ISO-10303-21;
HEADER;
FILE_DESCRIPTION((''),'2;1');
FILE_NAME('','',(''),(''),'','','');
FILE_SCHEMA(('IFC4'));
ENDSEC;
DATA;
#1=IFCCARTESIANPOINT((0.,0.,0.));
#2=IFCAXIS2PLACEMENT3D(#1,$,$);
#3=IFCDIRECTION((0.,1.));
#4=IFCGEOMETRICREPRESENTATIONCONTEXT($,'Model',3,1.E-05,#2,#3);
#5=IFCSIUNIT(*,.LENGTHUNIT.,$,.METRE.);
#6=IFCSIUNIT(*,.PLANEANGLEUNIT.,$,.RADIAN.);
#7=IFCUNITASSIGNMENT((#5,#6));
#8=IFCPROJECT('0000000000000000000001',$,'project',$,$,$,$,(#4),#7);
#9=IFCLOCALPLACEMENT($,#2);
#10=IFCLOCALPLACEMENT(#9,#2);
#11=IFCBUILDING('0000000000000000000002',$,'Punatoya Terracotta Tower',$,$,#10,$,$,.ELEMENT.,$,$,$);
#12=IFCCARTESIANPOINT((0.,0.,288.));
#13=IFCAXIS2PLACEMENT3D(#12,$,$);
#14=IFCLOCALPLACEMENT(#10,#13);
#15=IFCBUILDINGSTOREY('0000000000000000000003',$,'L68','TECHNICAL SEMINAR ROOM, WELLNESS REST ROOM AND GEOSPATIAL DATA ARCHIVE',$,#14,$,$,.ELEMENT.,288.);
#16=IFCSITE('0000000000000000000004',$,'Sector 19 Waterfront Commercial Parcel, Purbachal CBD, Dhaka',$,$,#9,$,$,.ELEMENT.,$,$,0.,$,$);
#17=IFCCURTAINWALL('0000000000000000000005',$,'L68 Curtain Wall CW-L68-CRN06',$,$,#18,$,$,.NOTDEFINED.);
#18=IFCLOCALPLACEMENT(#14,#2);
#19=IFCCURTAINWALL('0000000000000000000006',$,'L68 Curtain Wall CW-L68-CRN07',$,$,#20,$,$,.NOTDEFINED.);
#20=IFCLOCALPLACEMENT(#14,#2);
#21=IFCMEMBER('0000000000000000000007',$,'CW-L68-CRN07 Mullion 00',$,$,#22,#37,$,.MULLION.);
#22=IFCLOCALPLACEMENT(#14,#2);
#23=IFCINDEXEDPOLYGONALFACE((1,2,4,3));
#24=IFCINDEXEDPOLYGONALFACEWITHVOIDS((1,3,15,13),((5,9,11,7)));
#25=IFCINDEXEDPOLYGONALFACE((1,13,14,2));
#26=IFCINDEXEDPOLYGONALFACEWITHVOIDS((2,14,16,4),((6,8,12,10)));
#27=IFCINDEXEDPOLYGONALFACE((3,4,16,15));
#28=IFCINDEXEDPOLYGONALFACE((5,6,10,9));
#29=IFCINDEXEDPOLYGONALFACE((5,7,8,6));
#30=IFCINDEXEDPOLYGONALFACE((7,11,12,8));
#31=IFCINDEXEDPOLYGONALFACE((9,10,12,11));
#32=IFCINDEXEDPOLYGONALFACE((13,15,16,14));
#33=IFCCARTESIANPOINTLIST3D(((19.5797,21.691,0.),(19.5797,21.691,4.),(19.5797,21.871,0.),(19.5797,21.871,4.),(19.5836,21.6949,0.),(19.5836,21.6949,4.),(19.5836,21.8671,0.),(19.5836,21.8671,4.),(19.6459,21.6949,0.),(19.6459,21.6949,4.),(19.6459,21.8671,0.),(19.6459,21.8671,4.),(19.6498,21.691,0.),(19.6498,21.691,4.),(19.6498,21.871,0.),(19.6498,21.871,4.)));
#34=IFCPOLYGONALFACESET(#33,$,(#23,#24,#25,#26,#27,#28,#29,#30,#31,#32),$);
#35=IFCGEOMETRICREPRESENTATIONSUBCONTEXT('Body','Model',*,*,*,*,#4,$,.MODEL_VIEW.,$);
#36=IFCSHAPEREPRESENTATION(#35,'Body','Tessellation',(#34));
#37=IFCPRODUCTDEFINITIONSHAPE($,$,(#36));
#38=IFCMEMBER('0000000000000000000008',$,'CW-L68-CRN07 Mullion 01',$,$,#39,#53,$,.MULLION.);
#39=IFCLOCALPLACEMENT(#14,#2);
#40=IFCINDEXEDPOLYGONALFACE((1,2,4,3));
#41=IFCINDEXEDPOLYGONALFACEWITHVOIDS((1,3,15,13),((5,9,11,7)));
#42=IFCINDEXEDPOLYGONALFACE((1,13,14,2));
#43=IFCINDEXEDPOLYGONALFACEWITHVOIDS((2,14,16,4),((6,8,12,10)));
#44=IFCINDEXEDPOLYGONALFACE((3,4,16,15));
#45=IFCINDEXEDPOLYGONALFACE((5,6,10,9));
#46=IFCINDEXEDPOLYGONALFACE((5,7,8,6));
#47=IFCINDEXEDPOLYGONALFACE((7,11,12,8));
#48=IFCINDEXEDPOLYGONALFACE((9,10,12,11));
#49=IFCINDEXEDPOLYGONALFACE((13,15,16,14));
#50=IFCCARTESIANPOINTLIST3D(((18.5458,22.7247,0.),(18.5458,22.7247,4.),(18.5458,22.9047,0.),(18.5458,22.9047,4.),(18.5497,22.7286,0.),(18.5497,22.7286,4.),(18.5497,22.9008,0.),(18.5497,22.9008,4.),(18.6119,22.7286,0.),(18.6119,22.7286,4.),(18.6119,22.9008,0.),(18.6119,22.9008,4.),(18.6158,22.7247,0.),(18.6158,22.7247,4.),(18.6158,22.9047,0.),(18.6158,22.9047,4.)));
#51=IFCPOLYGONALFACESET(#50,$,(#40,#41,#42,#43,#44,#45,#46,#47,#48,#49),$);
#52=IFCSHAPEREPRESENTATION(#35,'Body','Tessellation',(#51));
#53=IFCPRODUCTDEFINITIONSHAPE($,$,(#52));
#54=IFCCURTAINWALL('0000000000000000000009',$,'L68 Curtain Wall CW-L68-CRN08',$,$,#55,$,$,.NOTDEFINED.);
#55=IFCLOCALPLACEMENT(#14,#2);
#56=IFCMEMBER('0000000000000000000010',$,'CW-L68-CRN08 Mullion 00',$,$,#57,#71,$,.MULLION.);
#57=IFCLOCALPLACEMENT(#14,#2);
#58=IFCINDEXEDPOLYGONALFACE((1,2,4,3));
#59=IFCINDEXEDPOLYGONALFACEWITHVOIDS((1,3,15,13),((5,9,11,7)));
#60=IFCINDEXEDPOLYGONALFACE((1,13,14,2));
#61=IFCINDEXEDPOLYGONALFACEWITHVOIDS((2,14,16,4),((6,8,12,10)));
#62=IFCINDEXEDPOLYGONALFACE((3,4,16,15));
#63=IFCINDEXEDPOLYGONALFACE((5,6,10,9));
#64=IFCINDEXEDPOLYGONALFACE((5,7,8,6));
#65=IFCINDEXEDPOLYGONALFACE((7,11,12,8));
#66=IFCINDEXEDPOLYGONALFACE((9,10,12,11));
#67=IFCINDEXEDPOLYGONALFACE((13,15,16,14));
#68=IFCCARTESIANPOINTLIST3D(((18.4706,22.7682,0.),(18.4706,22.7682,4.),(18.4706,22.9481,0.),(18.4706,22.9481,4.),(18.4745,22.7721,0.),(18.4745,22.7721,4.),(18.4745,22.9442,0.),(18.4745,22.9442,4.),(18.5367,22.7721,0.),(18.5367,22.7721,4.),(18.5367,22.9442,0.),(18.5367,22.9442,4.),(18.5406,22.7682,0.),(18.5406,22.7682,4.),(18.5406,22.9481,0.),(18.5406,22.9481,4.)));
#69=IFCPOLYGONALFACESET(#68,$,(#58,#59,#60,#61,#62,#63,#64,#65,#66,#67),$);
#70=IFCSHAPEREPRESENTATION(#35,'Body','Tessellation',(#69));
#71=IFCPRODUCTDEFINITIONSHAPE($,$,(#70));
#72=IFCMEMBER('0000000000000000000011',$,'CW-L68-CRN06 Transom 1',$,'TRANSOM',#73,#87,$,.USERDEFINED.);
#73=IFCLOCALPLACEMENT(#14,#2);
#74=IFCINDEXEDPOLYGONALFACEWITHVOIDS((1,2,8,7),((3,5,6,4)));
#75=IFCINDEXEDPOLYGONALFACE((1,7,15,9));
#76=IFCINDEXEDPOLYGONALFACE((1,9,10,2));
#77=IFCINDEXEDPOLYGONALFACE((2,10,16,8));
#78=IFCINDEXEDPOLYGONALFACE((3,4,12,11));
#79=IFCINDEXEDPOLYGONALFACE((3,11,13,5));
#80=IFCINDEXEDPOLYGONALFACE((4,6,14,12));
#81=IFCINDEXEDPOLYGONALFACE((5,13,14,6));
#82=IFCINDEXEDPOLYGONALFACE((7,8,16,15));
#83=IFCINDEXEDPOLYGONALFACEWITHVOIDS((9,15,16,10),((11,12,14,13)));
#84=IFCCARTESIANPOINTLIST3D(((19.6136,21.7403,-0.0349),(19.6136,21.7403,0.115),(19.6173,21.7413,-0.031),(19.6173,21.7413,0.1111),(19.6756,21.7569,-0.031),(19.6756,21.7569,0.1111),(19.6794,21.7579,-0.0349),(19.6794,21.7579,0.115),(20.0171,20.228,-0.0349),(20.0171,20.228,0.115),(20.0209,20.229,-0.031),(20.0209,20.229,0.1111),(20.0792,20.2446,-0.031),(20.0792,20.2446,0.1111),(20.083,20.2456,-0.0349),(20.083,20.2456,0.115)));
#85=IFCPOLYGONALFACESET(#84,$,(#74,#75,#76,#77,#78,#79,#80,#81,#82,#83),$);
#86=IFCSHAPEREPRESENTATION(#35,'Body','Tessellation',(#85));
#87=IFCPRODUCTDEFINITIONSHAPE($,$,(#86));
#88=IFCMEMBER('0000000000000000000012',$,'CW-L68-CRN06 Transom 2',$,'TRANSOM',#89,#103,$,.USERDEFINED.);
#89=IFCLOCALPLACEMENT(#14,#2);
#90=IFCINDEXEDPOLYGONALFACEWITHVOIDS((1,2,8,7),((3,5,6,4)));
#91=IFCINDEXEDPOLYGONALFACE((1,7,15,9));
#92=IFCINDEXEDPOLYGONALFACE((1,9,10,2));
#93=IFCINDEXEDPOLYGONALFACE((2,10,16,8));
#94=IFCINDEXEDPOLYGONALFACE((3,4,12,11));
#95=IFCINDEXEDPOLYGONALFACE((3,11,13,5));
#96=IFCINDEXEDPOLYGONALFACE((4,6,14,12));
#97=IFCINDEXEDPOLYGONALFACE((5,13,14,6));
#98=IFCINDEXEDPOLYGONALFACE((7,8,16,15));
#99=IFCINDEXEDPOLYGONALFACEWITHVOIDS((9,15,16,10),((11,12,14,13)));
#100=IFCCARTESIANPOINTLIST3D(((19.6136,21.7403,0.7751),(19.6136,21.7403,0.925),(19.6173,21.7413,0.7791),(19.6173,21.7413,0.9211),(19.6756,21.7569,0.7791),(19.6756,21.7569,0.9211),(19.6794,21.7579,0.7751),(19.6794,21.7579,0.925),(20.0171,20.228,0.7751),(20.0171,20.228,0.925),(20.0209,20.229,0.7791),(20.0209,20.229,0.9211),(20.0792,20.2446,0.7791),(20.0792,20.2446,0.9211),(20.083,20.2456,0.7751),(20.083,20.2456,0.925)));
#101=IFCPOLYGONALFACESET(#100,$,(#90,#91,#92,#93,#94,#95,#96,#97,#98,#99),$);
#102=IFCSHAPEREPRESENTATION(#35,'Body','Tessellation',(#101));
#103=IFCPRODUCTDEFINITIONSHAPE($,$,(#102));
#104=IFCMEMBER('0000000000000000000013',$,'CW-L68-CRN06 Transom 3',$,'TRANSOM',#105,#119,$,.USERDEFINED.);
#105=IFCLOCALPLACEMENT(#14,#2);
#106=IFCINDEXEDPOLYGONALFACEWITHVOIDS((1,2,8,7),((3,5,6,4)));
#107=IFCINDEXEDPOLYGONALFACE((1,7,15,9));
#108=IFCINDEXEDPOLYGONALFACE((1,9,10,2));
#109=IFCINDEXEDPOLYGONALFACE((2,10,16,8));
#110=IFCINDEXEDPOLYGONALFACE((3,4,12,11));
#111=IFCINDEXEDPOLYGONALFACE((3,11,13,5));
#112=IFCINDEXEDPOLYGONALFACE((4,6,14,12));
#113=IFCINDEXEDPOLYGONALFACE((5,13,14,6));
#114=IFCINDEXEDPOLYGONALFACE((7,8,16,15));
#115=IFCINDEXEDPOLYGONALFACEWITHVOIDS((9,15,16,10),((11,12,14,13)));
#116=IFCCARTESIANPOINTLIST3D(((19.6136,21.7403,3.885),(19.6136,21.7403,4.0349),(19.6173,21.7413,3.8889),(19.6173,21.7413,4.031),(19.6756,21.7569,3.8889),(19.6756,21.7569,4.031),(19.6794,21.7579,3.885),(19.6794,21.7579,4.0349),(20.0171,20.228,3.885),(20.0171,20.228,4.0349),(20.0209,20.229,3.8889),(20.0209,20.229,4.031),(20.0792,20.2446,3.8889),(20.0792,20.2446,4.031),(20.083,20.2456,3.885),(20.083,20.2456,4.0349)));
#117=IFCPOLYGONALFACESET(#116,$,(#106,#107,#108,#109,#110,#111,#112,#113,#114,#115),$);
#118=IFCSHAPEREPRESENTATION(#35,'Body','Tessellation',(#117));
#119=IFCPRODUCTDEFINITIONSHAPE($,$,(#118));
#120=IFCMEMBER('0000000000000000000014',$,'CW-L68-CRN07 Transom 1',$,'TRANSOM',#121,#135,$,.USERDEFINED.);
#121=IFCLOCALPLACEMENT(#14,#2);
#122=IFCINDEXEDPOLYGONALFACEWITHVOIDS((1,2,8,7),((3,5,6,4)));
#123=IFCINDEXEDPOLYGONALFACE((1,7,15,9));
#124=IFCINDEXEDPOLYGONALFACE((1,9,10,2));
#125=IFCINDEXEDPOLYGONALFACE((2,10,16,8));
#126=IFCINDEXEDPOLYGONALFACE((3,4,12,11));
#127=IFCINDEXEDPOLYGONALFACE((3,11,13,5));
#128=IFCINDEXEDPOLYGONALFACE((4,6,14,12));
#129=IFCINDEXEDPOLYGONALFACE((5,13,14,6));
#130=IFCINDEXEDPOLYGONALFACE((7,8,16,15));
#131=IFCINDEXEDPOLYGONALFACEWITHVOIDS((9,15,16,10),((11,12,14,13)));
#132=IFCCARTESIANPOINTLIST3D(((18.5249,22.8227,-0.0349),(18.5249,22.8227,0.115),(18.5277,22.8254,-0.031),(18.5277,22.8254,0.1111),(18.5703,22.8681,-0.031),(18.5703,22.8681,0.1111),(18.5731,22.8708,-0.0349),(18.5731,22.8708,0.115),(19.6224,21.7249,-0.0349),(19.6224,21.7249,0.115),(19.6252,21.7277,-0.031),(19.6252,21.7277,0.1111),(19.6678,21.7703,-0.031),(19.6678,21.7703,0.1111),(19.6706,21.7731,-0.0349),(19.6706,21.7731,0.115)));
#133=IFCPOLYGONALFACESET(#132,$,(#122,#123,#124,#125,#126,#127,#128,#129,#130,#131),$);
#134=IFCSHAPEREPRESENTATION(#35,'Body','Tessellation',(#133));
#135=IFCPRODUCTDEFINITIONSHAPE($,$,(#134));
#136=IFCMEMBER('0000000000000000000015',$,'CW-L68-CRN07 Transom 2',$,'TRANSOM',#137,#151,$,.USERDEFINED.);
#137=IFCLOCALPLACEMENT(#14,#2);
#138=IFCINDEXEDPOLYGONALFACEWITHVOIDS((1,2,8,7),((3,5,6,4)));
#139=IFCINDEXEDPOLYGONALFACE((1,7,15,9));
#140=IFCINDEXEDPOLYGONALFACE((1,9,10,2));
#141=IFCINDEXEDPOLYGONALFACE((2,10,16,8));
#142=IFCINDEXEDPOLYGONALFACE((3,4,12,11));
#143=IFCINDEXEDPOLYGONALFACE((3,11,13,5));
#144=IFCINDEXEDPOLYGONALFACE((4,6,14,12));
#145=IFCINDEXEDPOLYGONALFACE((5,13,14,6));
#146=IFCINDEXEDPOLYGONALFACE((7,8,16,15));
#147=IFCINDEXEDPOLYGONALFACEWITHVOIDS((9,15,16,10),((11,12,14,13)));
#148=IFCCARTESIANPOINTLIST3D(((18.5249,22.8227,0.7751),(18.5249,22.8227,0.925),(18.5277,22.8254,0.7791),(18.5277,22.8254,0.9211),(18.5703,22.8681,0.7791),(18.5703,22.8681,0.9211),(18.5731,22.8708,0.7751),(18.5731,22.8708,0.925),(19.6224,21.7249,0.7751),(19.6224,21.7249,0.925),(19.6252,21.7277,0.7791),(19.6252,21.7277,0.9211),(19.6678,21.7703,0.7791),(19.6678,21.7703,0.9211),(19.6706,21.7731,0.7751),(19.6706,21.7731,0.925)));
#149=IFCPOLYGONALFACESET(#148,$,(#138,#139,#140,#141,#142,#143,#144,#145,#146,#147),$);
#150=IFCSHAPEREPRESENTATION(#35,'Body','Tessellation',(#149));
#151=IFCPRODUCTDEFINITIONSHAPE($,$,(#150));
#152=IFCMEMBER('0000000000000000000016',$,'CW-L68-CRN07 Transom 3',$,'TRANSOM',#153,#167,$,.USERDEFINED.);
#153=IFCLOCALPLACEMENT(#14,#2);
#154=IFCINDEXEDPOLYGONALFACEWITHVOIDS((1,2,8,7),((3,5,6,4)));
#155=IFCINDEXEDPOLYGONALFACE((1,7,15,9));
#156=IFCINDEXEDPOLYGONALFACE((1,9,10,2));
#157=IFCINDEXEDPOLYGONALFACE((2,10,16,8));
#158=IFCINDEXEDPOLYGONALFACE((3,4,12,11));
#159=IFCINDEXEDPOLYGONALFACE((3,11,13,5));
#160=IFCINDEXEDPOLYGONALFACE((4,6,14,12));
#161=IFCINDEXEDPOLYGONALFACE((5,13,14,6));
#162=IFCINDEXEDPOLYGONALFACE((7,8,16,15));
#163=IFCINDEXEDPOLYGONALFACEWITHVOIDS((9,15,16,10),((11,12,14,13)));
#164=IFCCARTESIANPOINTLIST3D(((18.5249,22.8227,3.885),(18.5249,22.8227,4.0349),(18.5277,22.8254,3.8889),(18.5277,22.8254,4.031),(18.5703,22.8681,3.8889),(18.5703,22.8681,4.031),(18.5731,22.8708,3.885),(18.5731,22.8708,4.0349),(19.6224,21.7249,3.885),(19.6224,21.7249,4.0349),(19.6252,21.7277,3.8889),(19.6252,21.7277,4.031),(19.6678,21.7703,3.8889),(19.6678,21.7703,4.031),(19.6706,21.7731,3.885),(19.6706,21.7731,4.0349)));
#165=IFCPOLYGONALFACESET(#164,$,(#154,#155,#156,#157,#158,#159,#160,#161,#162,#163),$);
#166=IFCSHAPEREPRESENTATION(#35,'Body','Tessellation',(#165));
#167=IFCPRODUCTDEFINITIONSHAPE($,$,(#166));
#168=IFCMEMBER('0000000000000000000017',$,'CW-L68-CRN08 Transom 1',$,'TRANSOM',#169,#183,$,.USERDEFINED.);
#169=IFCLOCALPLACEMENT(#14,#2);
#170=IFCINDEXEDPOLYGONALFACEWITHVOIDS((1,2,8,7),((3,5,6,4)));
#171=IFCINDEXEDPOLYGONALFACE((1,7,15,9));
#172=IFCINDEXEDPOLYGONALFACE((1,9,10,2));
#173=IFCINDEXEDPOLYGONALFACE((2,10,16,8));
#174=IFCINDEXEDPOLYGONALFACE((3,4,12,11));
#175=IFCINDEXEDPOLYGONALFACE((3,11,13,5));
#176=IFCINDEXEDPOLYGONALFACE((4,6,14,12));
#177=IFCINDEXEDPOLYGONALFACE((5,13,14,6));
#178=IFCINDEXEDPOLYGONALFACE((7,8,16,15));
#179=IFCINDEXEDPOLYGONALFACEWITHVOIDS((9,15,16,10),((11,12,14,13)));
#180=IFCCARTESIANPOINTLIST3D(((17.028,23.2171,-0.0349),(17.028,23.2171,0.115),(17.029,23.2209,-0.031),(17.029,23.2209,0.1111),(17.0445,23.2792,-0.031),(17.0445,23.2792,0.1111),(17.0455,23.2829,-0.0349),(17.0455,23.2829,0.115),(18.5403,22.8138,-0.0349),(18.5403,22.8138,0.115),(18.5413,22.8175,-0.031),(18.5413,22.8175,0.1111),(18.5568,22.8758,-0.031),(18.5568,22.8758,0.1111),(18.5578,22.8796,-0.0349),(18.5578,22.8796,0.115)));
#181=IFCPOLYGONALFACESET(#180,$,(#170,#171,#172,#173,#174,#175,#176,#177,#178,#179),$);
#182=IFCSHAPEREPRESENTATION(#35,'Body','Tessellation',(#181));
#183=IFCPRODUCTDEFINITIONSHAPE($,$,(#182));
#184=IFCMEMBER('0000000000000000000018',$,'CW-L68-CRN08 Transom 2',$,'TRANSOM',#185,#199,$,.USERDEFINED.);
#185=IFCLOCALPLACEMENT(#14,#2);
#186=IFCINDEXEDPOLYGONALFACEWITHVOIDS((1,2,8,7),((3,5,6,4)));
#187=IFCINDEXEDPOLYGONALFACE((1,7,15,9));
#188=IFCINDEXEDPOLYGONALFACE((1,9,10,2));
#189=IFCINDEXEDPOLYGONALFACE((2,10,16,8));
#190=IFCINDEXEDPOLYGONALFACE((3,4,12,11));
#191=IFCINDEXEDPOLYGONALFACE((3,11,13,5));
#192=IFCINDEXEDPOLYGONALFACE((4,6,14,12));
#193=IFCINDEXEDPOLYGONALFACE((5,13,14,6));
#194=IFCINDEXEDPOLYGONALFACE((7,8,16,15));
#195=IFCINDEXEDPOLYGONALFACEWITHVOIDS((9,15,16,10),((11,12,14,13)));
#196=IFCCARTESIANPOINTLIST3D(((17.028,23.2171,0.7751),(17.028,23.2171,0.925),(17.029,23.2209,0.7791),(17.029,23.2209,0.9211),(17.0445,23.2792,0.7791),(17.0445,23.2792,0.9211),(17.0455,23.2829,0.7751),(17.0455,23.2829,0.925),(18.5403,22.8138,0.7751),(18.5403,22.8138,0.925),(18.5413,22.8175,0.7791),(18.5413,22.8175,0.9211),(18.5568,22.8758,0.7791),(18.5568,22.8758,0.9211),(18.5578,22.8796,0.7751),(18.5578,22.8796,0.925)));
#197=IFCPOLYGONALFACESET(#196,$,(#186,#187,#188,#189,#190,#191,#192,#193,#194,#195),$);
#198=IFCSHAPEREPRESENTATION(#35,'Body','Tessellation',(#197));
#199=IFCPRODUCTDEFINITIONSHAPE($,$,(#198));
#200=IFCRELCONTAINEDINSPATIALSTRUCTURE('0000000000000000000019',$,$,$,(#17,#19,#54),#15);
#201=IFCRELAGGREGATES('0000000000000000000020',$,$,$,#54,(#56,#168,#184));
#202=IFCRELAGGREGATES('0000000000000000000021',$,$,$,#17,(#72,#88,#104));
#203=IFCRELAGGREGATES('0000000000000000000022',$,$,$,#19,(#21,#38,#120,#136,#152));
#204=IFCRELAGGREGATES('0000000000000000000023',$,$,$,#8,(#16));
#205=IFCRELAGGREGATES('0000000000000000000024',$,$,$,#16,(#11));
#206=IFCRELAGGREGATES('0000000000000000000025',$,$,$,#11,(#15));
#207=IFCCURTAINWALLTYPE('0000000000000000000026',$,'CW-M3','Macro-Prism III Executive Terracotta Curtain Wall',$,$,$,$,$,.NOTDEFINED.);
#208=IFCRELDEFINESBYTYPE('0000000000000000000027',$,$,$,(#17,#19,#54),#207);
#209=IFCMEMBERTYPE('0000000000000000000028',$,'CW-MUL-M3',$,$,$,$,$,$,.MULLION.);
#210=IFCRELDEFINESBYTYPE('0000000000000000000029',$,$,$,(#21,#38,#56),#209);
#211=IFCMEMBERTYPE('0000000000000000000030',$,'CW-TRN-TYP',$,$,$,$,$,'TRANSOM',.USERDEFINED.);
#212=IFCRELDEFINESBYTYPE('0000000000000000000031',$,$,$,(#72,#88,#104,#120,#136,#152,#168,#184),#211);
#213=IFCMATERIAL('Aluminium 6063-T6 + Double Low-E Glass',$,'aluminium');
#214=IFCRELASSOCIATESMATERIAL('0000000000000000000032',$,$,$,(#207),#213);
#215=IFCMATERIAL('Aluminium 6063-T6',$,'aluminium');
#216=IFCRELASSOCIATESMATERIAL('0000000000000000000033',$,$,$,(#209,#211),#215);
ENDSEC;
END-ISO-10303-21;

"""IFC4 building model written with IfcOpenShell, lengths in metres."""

from ifc_helpers import new_model, si_unit, direction, frame, origin, origin_2d, place, context, subcontext, project, spatial, hollow_rectangle, extrude, material, material_profile, profile_set, type_object, element, aggregate, save


model = new_model("IFC4")

# Units and contexts
model_context = context("Model", 3, precision=1e-05, world=origin(), true_north=direction((0.0, 1.0)))
body_context = subcontext(model_context, "Body", "Model", "MODEL_VIEW")
ifc_project = project(units=[si_unit("LENGTHUNIT", "METRE"), si_unit("PLANEANGLEUNIT", "RADIAN")], contexts=[model_context])

# Site, building, storey
site_placement = place(None, origin())
site = spatial("IfcSite", under=ifc_project, at=site_placement, Name="Sector 19 Waterfront Commercial Parcel, Purbachal CBD, Dhaka", CompositionType="ELEMENT", RefElevation=0.0)
building_placement = place(site_placement, origin())
building = spatial("IfcBuilding", under=site, at=building_placement, Name="Punatoya Terracotta Tower", CompositionType="ELEMENT")
storey_placement = place(building_placement, frame((0.0, 0.0, 288.0)))
storey = spatial("IfcBuildingStorey", under=building, at=storey_placement, Name="L68", Description="TECHNICAL SEMINAR ROOM, WELLNESS REST ROOM AND GEOSPATIAL DATA ARCHIVE", CompositionType="ELEMENT", Elevation=288.0)

# Curtain walls, members
ifc_material_1 = material(Name="Aluminium 6063-T6 + Double Low-E Glass", Category="aluminium")
curtain_wall_type = type_object("IfcCurtainWallType", Name="CW-M3", Description="Macro-Prism III Executive Terracotta Curtain Wall", PredefinedType="NOTDEFINED", material=ifc_material_1)
ifc_material_2 = material(Name="Aluminium 6063-T6", Category="aluminium")
ifc_material_profile_1 = material_profile(ifc_material_2, hollow_rectangle(XDim=0.0701, YDim=0.1799, WallThickness=0.0039, at=origin_2d()))
ifc_profile_set_1 = profile_set([ifc_material_profile_1], Name="Aluminium 6063-T6")
member_type_1 = type_object("IfcMemberType", Name="CW-MUL-M3", PredefinedType="MULLION", material=ifc_profile_set_1)
curtain_wall_1_placement = place(storey_placement, origin())
curtain_wall_1 = element("IfcCurtainWall", 1, at=curtain_wall_1_placement, inside=storey, type_object=curtain_wall_type, Name="L68 Curtain Wall CW-L68-CRN06", PredefinedType="NOTDEFINED")
curtain_wall_2_placement = place(storey_placement, origin())
curtain_wall_2 = element("IfcCurtainWall", 2, at=curtain_wall_2_placement, inside=storey, type_object=curtain_wall_type, Name="L68 Curtain Wall CW-L68-CRN07", PredefinedType="NOTDEFINED")
member_1_placement = place(storey_placement, frame((19.6147, 21.781, 0.0), z_axis=(0.0, 0.0, 1.0), x_axis=(1.0, 0.0, 0.0)))
member_1 = element("IfcMember", 3, at=member_1_placement, type_object=member_type_1, Name="CW-L68-CRN07 Mullion 00", PredefinedType="MULLION", context=body_context, shape_type="SweptSolid", body=[
    extrude(hollow_rectangle(XDim=0.0701, YDim=0.1799, WallThickness=0.0039, at=origin_2d()), origin(), (0.0, 0.0, 1.0), 4.0),
])
member_2_placement = place(storey_placement, frame((18.5808, 22.8147, 0.0), z_axis=(0.0, 0.0, 1.0), x_axis=(1.0, 0.0, 0.0)))
member_2 = element("IfcMember", 4, at=member_2_placement, type_object=member_type_1, Name="CW-L68-CRN07 Mullion 01", PredefinedType="MULLION", context=body_context, shape_type="SweptSolid", body=[
    extrude(hollow_rectangle(XDim=0.0701, YDim=0.1799, WallThickness=0.0039, at=origin_2d()), origin(), (0.0, 0.0, 1.0), 4.0),
])

# Curtain wall, member
curtain_wall_3_placement = place(storey_placement, origin())
curtain_wall_3 = element("IfcCurtainWall", 5, at=curtain_wall_3_placement, inside=storey, type_object=curtain_wall_type, Name="L68 Curtain Wall CW-L68-CRN08", PredefinedType="NOTDEFINED")
member_3_placement = place(storey_placement, frame((18.5056, 22.8582, 0.0), z_axis=(0.0, 0.0, 1.0), x_axis=(1.0, 0.0, 0.0)))
member_3 = element("IfcMember", 6, at=member_3_placement, type_object=member_type_1, Name="CW-L68-CRN08 Mullion 00", PredefinedType="MULLION", context=body_context, shape_type="SweptSolid", body=[
    extrude(hollow_rectangle(XDim=0.0701, YDim=0.1799, WallThickness=0.0039, at=origin_2d()), origin(), (0.0, 0.0, 1.0), 4.0),
])

# Members
ifc_material_profile_2 = material_profile(ifc_material_2, hollow_rectangle(XDim=0.0681, YDim=0.1499, WallThickness=0.0039, at=origin_2d()))
ifc_profile_set_2 = profile_set([ifc_material_profile_2], Name="Aluminium 6063-T6")
member_type_2 = type_object("IfcMemberType", Name="CW-TRN-TYP", ElementType="TRANSOM", PredefinedType="USERDEFINED", material=ifc_profile_set_2)
member_4_placement = place(storey_placement, frame((20.05, 20.2368, 0.04), z_axis=(-0.257847, 0.966186, 0.0), x_axis=(-0.966186, -0.257847, 0.0)))
member_4 = element("IfcMember", 7, at=member_4_placement, type_object=member_type_2, Name="CW-L68-CRN06 Transom 1", ObjectType="TRANSOM", PredefinedType="USERDEFINED", context=body_context, shape_type="SweptSolid", body=[
    extrude(hollow_rectangle(XDim=0.0681, YDim=0.1499, WallThickness=0.0039, at=origin_2d()), origin(), (0.0, 0.0, 1.0), 1.5652),
])
member_5_placement = place(storey_placement, frame((20.05, 20.2368, 0.8501), z_axis=(-0.257847, 0.966186, 0.0), x_axis=(-0.966186, -0.257847, 0.0)))
member_5 = element("IfcMember", 8, at=member_5_placement, type_object=member_type_2, Name="CW-L68-CRN06 Transom 2", ObjectType="TRANSOM", PredefinedType="USERDEFINED", context=body_context, shape_type="SweptSolid", body=[
    extrude(hollow_rectangle(XDim=0.0681, YDim=0.1499, WallThickness=0.0039, at=origin_2d()), origin(), (0.0, 0.0, 1.0), 1.5652),
])
member_6_placement = place(storey_placement, frame((20.05, 20.2368, 3.96), z_axis=(-0.257847, 0.966186, 0.0), x_axis=(-0.966186, -0.257847, 0.0)))
member_6 = element("IfcMember", 9, at=member_6_placement, type_object=member_type_2, Name="CW-L68-CRN06 Transom 3", ObjectType="TRANSOM", PredefinedType="USERDEFINED", context=body_context, shape_type="SweptSolid", body=[
    extrude(hollow_rectangle(XDim=0.0681, YDim=0.1499, WallThickness=0.0039, at=origin_2d()), origin(), (0.0, 0.0, 1.0), 1.5652),
])
member_7_placement = place(storey_placement, frame((19.6465, 21.749, 0.04), z_axis=(-0.707028, 0.707185, 0.0), x_axis=(-0.707185, -0.707028, 0.0)))
member_7 = element("IfcMember", 10, at=member_7_placement, type_object=member_type_2, Name="CW-L68-CRN07 Transom 1", ObjectType="TRANSOM", PredefinedType="USERDEFINED", context=body_context, shape_type="SweptSolid", body=[
    extrude(hollow_rectangle(XDim=0.0681, YDim=0.1499, WallThickness=0.0039, at=origin_2d()), origin(), (0.0, 0.0, 1.0), 1.5522),
])
member_8_placement = place(storey_placement, frame((19.6465, 21.749, 0.8501), z_axis=(-0.707028, 0.707185, 0.0), x_axis=(-0.707185, -0.707028, 0.0)))
member_8 = element("IfcMember", 11, at=member_8_placement, type_object=member_type_2, Name="CW-L68-CRN07 Transom 2", ObjectType="TRANSOM", PredefinedType="USERDEFINED", context=body_context, shape_type="SweptSolid", body=[
    extrude(hollow_rectangle(XDim=0.0681, YDim=0.1499, WallThickness=0.0039, at=origin_2d()), origin(), (0.0, 0.0, 1.0), 1.5522),
])
member_9_placement = place(storey_placement, frame((19.6465, 21.749, 3.96), z_axis=(-0.707028, 0.707185, 0.0), x_axis=(-0.707185, -0.707028, 0.0)))
member_9 = element("IfcMember", 12, at=member_9_placement, type_object=member_type_2, Name="CW-L68-CRN07 Transom 3", ObjectType="TRANSOM", PredefinedType="USERDEFINED", context=body_context, shape_type="SweptSolid", body=[
    extrude(hollow_rectangle(XDim=0.0681, YDim=0.1499, WallThickness=0.0039, at=origin_2d()), origin(), (0.0, 0.0, 1.0), 1.5522),
])
member_10_placement = place(storey_placement, frame((18.5491, 22.8467, 0.04), z_axis=(-0.966225, 0.257701, 0.0), x_axis=(-0.257701, -0.966225, 0.0)))
member_10 = element("IfcMember", 13, at=member_10_placement, type_object=member_type_2, Name="CW-L68-CRN08 Transom 1", ObjectType="TRANSOM", PredefinedType="USERDEFINED", context=body_context, shape_type="SweptSolid", body=[
    extrude(hollow_rectangle(XDim=0.0681, YDim=0.1499, WallThickness=0.0039, at=origin_2d()), origin(), (0.0, 0.0, 1.0), 1.5652),
])
member_11_placement = place(storey_placement, frame((18.5491, 22.8467, 0.8501), z_axis=(-0.966225, 0.257701, 0.0), x_axis=(-0.257701, -0.966225, 0.0)))
member_11 = element("IfcMember", 14, at=member_11_placement, type_object=member_type_2, Name="CW-L68-CRN08 Transom 2", ObjectType="TRANSOM", PredefinedType="USERDEFINED", context=body_context, shape_type="SweptSolid", body=[
    extrude(hollow_rectangle(XDim=0.0681, YDim=0.1499, WallThickness=0.0039, at=origin_2d()), origin(), (0.0, 0.0, 1.0), 1.5652),
])
aggregate(curtain_wall_3, [member_3, member_10, member_11])

aggregate(curtain_wall_1, [member_4, member_5, member_6])
aggregate(curtain_wall_2, [member_1, member_2, member_7, member_8, member_9])

save(model, "model.ifc")
